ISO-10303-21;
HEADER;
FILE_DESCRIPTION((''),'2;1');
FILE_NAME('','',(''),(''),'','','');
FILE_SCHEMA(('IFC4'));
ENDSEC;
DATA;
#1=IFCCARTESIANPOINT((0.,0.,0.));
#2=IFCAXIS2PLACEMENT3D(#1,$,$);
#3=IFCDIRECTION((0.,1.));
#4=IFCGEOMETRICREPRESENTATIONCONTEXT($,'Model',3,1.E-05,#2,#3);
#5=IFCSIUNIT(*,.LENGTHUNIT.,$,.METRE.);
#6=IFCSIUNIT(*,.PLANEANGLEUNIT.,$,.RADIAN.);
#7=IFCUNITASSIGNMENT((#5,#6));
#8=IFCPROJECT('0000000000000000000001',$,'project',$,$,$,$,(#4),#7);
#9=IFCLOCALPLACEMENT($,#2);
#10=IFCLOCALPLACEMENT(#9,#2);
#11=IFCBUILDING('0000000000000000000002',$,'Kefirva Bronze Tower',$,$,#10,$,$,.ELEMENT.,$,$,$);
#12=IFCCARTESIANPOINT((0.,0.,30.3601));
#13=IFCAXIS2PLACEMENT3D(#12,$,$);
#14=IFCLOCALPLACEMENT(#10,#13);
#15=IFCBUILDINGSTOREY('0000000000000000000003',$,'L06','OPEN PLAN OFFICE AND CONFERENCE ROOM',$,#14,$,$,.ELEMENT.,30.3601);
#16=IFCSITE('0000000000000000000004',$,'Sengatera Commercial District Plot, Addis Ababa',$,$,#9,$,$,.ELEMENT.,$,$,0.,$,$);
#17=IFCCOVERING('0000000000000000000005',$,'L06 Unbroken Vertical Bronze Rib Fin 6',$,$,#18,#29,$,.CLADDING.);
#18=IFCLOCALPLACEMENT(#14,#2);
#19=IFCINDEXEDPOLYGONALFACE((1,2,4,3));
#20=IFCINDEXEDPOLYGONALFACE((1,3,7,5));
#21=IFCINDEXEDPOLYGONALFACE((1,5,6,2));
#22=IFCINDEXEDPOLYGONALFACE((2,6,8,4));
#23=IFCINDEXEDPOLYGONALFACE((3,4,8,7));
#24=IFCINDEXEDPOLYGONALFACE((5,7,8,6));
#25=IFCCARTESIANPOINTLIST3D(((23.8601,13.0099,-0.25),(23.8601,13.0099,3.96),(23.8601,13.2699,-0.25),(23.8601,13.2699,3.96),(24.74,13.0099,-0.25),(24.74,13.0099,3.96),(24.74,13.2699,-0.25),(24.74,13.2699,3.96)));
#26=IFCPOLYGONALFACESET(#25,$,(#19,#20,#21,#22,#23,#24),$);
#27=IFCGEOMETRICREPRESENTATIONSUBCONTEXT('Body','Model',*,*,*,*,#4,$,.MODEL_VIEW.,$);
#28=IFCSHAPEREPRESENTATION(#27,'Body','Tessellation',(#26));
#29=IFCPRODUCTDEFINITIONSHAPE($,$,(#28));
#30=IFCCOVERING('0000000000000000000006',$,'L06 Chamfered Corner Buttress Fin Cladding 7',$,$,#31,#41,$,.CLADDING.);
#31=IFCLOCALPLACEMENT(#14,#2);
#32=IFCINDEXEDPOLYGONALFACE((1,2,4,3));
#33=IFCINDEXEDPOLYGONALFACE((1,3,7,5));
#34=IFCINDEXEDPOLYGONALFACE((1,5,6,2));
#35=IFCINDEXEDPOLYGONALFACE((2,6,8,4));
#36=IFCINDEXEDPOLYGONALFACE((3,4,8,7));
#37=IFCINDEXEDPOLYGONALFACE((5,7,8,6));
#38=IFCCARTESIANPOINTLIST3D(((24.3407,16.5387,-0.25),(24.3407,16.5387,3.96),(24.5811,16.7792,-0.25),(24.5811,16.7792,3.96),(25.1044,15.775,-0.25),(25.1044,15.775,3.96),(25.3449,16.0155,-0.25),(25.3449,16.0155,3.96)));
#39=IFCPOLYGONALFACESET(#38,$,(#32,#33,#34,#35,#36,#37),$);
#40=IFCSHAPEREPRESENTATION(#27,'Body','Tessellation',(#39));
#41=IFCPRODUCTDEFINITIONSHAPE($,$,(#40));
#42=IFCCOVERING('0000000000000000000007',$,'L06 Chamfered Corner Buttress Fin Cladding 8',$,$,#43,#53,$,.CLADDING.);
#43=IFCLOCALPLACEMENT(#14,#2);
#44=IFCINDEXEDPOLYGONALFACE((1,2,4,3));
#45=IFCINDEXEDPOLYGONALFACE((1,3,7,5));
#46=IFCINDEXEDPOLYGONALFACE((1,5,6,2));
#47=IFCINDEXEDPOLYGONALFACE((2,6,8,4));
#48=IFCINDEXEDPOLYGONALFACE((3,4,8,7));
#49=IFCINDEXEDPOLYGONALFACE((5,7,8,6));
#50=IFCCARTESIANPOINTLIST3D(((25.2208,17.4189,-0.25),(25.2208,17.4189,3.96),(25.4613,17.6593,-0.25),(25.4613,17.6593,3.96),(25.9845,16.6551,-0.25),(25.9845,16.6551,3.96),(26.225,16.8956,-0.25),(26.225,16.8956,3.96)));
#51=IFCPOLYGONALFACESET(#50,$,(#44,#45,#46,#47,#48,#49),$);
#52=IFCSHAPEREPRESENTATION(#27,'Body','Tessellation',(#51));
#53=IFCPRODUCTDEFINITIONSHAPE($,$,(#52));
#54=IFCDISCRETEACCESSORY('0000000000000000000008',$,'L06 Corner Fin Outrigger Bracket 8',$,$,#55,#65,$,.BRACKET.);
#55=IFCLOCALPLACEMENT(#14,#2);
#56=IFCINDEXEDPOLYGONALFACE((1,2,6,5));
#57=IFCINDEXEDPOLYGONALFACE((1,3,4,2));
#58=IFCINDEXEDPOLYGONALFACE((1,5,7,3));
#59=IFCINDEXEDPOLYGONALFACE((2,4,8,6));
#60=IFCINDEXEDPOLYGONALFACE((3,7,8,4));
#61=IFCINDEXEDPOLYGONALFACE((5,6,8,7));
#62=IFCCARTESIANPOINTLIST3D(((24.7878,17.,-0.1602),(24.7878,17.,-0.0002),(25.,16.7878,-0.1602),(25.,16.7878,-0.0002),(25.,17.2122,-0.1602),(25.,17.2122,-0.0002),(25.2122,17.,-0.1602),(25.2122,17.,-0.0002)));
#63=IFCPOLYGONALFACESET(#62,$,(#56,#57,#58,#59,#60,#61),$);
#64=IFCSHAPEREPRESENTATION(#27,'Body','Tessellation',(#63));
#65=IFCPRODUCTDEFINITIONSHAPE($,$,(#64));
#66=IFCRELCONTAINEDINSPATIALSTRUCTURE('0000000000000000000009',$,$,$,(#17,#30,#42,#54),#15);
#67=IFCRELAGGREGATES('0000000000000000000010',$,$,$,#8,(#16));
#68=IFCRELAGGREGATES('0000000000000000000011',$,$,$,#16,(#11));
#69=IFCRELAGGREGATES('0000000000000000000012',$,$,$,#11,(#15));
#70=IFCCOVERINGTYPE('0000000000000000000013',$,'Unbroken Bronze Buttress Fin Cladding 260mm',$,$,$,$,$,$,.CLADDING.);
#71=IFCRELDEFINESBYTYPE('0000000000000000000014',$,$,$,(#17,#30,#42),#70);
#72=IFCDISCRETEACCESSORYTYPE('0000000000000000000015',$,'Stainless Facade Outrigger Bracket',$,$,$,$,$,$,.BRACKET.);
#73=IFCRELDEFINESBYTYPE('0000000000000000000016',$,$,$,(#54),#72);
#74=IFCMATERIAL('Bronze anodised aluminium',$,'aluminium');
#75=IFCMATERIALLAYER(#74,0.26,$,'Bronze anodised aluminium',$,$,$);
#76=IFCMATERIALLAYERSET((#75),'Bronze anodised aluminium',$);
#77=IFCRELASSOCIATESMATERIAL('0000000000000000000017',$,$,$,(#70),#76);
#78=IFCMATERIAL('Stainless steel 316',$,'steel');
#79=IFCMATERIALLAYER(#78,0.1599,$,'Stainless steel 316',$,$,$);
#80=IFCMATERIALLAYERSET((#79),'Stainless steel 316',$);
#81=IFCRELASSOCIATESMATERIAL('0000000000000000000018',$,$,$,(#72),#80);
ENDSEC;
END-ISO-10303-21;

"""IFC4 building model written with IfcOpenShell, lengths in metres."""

from ifc_helpers import new_model, si_unit, direction, frame, origin, origin_2d, place, context, subcontext, project, spatial, rectangle, extrude, material, layer, layer_set, type_object, element, save


model = new_model("IFC4")

# Units and contexts
model_context = context("Model", 3, precision=1e-05, world=origin(), true_north=direction((0.0, 1.0)))
body_context = subcontext(model_context, "Body", "Model", "MODEL_VIEW")
ifc_project = project(units=[si_unit("LENGTHUNIT", "METRE"), si_unit("PLANEANGLEUNIT", "RADIAN")], contexts=[model_context])

# Site, building, storey
site_placement = place(None, origin())
site = spatial("IfcSite", under=ifc_project, at=site_placement, Name="Sengatera Commercial District Plot, Addis Ababa", CompositionType="ELEMENT", RefElevation=0.0)
building_placement = place(site_placement, origin())
building = spatial("IfcBuilding", under=site, at=building_placement, Name="Kefirva Bronze Tower", CompositionType="ELEMENT")
storey_placement = place(building_placement, frame((0.0, 0.0, 30.3601)))
storey = spatial("IfcBuildingStorey", under=building, at=storey_placement, Name="L06", Description="OPEN PLAN OFFICE AND CONFERENCE ROOM", CompositionType="ELEMENT", Elevation=30.3601)

# Shared definitions
ifc_material_1 = material(Name="Bronze anodised aluminium", Category="aluminium")

# Coverings
ifc_layer_1 = layer(ifc_material_1, 0.26, Name="Bronze anodised aluminium")
ifc_layer_set_1 = layer_set([ifc_layer_1], Name="Bronze anodised aluminium")
covering_type_1 = type_object("IfcCoveringType", Name="Unbroken Bronze Buttress Fin Cladding 260mm", PredefinedType="CLADDING", material=ifc_layer_set_1)
covering_1_placement = place(storey_placement, frame((24.3, 13.1399, -0.25), z_axis=(0.0, 0.0, 1.0), x_axis=(0.0, 1.0, 0.0)))
element("IfcCovering", 1, at=covering_1_placement, inside=storey, type_object=covering_type_1, Name="L06 Unbroken Vertical Bronze Rib Fin 6", PredefinedType="CLADDING", context=body_context, shape_type="SweptSolid", body=[
    extrude(rectangle(XDim=0.26, YDim=0.8799, at=origin_2d()), origin(), (0.0, 0.0, 1.0), 4.21),
])
for number, where, z_axis, x_axis, name in (
    (2, (24.8428, 16.2771, -0.25), (0.0, 0.0, 1.0), (0.707107, 0.707107, 0.0), "L06 Chamfered Corner Buttress Fin Cladding 7"),
    (3, (25.7229, 17.1572, -0.25), (0.0, 0.0, 1.0), (0.707107, 0.707107, 0.0), "L06 Chamfered Corner Buttress Fin Cladding 8"),
):
    element("IfcCovering", number, at=place(storey_placement, frame(where, z_axis=z_axis, x_axis=x_axis)), inside=storey, type_object=covering_type_1, Name=name, PredefinedType="CLADDING", context=body_context, shape_type="SweptSolid", body=[
        extrude(rectangle(XDim=0.3401, YDim=1.0801, at=origin_2d()), origin(), (0.0, 0.0, 1.0), 4.21),
    ])

# Discrete accessory
ifc_material_2 = material(Name="Stainless steel 316", Category="steel")
ifc_layer_2 = layer(ifc_material_2, 0.1599, Name="Stainless steel 316")
ifc_layer_set_2 = layer_set([ifc_layer_2], Name="Stainless steel 316")
discrete_accessory_type = type_object("IfcDiscreteAccessoryType", Name="Stainless Facade Outrigger Bracket", PredefinedType="BRACKET", material=ifc_layer_set_2)
discrete_accessory_placement = place(storey_placement, frame((25.0, 17.0, -0.1602), z_axis=(0.0, 0.0, 1.0), x_axis=(0.707107, 0.707107, 0.0)))
element("IfcDiscreteAccessory", 4, at=discrete_accessory_placement, inside=storey, type_object=discrete_accessory_type, Name="L06 Corner Fin Outrigger Bracket 8", PredefinedType="BRACKET", context=body_context, shape_type="SweptSolid", body=[
    extrude(rectangle(XDim=0.3, YDim=0.3, at=origin_2d()), origin(), (0.0, 0.0, 1.0), 0.1599),
])

save(model, "model.ifc")
